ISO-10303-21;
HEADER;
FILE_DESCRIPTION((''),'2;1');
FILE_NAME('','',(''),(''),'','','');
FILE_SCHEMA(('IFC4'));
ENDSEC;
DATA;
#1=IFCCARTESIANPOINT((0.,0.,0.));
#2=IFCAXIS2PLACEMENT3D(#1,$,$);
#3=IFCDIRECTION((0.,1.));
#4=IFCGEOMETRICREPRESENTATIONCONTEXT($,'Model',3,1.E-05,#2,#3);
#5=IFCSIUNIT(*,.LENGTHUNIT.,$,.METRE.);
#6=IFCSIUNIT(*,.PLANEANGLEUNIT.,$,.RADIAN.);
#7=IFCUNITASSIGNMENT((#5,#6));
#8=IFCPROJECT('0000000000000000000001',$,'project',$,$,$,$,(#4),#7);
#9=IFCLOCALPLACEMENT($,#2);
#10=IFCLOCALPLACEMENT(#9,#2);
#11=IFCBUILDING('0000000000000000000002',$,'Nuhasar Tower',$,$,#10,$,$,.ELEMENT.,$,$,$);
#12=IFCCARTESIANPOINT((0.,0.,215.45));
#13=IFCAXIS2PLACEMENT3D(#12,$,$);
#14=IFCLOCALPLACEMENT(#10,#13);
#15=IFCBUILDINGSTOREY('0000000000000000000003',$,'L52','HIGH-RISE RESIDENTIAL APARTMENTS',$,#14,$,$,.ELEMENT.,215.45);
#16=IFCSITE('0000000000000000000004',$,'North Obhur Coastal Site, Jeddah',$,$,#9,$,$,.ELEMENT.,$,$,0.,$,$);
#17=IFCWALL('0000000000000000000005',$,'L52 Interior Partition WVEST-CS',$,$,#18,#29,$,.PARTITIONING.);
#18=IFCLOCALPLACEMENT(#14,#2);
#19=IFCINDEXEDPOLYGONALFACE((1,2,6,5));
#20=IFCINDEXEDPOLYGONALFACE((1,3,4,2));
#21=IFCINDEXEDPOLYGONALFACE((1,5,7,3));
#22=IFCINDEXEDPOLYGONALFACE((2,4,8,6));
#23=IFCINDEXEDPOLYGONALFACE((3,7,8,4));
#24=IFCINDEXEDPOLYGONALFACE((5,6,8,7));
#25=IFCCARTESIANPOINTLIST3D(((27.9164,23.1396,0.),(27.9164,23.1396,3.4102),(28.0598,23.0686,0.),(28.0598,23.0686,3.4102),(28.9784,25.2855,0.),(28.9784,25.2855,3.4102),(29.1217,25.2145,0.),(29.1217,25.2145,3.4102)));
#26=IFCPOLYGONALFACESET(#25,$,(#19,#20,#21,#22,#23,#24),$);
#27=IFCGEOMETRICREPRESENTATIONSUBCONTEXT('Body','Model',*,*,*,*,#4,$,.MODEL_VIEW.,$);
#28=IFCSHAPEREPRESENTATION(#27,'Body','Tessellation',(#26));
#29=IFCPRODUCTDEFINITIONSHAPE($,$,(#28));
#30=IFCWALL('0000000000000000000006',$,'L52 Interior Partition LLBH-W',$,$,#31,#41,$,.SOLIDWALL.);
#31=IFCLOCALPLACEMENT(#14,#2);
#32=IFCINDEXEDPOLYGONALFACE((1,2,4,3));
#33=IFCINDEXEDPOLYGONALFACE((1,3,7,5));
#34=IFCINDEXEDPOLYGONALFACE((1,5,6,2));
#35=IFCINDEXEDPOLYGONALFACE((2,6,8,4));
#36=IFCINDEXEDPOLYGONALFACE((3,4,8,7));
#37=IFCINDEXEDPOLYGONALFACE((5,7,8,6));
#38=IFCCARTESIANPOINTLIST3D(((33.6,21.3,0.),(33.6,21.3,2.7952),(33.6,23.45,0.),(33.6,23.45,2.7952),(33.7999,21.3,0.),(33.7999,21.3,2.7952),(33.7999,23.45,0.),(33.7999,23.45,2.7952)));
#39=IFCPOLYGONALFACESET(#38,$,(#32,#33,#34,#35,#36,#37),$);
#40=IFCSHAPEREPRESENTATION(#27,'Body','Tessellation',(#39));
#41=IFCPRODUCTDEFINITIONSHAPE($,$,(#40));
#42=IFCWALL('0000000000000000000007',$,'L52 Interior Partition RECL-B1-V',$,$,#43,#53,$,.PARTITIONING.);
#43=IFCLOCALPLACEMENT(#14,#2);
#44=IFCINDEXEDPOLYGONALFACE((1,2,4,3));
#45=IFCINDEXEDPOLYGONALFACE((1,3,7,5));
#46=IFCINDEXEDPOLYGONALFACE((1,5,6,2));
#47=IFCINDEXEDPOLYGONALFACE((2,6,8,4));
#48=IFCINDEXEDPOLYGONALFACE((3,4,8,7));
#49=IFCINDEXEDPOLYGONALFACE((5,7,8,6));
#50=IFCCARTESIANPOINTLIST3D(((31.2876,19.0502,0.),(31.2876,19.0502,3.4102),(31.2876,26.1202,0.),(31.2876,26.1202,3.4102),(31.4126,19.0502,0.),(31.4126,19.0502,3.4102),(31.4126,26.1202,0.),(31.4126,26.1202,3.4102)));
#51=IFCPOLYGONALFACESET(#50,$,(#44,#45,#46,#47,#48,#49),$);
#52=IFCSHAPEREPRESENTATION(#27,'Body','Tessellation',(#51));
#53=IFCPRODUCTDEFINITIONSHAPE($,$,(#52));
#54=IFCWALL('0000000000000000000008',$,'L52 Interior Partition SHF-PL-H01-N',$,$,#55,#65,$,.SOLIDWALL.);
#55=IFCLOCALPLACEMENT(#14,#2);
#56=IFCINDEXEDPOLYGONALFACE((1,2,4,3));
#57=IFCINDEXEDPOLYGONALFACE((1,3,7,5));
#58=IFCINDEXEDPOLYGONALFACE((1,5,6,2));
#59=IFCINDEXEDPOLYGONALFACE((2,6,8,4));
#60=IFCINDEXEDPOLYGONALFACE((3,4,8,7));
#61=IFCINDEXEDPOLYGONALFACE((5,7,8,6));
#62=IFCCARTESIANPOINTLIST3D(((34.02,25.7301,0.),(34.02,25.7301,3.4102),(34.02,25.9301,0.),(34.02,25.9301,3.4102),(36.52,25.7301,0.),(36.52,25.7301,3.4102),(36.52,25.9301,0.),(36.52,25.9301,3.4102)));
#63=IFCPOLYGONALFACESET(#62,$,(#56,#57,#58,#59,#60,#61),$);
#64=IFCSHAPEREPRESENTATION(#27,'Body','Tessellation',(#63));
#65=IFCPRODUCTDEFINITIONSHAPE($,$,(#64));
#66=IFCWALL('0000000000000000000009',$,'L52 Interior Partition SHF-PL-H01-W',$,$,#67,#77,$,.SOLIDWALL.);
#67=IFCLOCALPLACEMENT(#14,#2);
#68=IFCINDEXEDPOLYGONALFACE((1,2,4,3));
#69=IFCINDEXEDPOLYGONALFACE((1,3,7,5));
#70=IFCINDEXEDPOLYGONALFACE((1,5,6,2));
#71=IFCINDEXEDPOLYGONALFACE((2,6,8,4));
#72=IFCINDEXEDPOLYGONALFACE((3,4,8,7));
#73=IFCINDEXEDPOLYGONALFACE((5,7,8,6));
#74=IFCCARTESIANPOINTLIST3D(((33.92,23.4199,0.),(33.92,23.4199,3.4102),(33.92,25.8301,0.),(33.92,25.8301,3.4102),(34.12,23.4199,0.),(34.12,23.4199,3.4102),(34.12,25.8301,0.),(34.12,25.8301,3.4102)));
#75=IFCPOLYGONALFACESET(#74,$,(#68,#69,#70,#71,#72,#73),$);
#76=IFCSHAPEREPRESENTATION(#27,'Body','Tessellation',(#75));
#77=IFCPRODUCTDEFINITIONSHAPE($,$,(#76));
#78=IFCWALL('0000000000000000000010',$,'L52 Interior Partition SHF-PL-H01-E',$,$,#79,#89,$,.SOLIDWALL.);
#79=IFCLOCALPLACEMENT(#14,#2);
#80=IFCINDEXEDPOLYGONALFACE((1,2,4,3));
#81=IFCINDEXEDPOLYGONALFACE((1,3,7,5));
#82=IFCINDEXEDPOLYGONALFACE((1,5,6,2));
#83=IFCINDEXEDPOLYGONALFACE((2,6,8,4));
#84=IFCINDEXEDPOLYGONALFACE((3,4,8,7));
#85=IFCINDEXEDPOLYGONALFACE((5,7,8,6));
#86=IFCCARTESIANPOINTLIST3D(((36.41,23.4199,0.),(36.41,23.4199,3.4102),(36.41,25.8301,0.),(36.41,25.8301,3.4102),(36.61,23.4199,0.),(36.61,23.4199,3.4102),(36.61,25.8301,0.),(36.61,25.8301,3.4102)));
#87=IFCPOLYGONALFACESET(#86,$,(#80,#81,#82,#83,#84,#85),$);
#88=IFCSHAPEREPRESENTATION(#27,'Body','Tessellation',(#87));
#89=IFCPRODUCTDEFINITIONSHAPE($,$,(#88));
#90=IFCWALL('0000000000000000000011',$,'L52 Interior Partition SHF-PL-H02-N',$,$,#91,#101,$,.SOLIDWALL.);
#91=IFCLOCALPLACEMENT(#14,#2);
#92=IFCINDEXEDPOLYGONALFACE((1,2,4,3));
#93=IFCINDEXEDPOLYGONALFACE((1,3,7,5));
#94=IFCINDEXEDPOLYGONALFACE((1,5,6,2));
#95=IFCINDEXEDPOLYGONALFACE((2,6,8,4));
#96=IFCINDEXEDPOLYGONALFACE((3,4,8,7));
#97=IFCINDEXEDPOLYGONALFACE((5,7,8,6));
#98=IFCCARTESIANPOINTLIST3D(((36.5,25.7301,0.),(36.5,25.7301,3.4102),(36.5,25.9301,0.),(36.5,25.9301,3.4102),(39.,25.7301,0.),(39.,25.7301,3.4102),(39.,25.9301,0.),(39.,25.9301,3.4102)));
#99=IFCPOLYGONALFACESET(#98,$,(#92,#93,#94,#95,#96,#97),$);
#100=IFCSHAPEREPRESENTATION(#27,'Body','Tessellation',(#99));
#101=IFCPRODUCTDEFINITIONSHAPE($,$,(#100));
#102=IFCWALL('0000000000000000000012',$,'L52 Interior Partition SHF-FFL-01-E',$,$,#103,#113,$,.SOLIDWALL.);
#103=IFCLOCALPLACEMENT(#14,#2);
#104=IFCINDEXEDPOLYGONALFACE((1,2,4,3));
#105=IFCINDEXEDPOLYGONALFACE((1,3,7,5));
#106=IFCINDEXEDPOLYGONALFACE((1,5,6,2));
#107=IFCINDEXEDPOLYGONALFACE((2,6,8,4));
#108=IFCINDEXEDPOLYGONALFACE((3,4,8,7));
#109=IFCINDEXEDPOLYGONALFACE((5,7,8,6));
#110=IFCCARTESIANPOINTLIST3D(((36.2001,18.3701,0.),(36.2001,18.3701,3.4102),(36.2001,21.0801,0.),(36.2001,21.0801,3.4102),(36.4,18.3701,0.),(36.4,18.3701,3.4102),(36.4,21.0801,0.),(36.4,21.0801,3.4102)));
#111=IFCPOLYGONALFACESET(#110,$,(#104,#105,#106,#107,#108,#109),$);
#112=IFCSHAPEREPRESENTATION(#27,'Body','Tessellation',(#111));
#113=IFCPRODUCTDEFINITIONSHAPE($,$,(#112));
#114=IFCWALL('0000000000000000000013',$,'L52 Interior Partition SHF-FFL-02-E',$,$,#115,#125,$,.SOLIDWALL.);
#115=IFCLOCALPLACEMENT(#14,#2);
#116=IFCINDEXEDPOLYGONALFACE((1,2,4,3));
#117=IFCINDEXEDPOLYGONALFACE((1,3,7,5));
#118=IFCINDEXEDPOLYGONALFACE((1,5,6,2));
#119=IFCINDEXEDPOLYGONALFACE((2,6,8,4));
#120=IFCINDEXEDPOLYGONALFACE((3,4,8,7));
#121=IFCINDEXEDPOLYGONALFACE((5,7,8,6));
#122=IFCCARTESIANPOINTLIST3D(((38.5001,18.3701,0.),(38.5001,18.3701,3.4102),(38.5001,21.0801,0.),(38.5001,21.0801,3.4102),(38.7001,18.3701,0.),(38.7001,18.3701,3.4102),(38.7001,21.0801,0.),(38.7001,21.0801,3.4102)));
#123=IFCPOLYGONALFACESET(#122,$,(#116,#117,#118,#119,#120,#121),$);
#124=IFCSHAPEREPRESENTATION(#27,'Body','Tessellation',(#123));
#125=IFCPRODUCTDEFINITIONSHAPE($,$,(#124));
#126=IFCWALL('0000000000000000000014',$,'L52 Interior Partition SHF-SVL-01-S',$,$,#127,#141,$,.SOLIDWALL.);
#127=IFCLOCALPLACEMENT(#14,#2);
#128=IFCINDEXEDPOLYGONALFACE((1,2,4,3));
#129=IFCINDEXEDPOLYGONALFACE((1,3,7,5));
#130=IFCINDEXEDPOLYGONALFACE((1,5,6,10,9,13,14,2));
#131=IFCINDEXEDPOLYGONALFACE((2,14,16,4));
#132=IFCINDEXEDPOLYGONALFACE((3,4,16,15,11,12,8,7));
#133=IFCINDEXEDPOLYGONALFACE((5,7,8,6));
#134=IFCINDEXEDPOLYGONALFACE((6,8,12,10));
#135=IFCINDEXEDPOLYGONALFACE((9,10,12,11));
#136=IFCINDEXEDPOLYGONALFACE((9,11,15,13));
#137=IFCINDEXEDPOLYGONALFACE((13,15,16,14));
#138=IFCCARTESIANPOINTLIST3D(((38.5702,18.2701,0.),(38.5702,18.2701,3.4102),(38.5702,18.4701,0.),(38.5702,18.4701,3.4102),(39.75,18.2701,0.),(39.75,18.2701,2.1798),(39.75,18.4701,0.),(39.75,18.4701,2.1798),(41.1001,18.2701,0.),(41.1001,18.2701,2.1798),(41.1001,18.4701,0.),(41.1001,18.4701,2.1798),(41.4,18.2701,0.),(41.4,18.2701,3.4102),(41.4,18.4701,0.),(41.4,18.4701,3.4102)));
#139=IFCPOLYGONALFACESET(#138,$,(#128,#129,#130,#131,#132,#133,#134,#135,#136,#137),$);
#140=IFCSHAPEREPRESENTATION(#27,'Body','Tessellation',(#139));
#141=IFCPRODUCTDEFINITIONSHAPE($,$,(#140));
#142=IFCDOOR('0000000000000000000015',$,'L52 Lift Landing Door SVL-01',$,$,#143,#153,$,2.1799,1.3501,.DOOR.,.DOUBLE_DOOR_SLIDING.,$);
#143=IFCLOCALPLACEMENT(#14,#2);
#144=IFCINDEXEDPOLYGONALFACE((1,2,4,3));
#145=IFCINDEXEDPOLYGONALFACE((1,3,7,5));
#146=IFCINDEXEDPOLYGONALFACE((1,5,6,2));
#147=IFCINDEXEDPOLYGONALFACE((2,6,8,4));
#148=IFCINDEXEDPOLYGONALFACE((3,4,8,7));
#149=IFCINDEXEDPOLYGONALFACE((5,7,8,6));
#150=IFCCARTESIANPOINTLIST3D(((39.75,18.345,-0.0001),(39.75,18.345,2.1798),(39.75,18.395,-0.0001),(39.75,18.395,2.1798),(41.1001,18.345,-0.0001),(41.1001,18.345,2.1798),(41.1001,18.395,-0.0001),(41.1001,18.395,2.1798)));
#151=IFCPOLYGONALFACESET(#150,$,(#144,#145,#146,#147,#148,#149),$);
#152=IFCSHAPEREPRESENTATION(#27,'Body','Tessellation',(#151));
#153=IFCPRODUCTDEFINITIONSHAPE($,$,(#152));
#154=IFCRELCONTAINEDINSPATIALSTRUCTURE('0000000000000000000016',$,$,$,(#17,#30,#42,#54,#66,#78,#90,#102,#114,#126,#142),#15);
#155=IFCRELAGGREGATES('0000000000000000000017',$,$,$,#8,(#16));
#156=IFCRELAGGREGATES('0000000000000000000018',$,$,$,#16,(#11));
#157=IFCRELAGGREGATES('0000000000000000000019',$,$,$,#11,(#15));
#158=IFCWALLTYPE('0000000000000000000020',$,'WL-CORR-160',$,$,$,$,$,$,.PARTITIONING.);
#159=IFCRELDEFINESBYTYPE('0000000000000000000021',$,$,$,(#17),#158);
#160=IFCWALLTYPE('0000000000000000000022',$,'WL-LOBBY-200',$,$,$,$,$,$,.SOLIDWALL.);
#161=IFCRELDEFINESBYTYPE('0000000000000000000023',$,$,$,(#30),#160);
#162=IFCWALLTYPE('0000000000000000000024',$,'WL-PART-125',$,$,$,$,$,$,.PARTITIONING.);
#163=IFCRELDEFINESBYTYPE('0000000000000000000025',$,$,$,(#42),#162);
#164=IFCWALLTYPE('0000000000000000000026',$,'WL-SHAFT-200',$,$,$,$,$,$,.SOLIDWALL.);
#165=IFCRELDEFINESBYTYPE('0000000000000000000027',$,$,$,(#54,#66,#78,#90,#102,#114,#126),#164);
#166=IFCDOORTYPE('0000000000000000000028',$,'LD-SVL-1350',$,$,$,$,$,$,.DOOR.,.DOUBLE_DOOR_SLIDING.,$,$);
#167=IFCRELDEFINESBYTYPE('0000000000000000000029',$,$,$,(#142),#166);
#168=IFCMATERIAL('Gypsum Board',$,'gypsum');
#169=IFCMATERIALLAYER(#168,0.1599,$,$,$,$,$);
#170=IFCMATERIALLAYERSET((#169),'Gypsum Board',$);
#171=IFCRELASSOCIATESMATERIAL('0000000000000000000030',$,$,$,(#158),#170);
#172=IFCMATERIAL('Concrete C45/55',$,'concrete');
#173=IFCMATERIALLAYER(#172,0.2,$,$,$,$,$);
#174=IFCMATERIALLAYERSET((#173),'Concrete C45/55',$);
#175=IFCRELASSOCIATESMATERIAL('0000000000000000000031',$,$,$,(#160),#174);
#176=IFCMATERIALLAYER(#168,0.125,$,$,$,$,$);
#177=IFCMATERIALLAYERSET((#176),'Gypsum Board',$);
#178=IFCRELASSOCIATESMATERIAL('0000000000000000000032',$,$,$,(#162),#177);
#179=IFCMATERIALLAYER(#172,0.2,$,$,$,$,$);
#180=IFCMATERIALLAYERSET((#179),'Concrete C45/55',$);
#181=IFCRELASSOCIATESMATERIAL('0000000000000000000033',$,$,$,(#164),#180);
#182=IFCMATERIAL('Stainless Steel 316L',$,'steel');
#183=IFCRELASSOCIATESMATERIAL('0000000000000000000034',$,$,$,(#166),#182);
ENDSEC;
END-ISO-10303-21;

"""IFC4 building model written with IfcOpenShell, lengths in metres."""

from ifc_helpers import new_model, si_unit, direction, frame, frame_2d, origin, place, context, subcontext, project, spatial, rectangle, extrude, material, layer, layer_set, type_object, element, fill, save


model = new_model("IFC4")

# Units and contexts
model_context = context("Model", 3, precision=1e-05, world=origin(), true_north=direction((0.0, 1.0)))
body_context = subcontext(model_context, "Body", "Model", "MODEL_VIEW")
ifc_project = project(units=[si_unit("LENGTHUNIT", "METRE"), si_unit("PLANEANGLEUNIT", "RADIAN")], contexts=[model_context])

# Site, building, storey
site_placement = place(None, origin())
site = spatial("IfcSite", under=ifc_project, at=site_placement, Name="North Obhur Coastal Site, Jeddah", CompositionType="ELEMENT", RefElevation=0.0)
building_placement = place(site_placement, origin())
building = spatial("IfcBuilding", under=site, at=building_placement, Name="Nuhasar Tower", CompositionType="ELEMENT")
storey_placement = place(building_placement, frame((0.0, 0.0, 215.45)))
storey = spatial("IfcBuildingStorey", under=building, at=storey_placement, Name="L52", Description="HIGH-RISE RESIDENTIAL APARTMENTS", CompositionType="ELEMENT", Elevation=215.45)

# Shared definitions
ifc_material_1 = material(Name="Gypsum Board", Category="gypsum")
ifc_layer_1 = layer(ifc_material_1, 0.1599)
ifc_layer_set_1 = layer_set([ifc_layer_1], Name="Gypsum Board")
wall_type_1 = type_object("IfcWallType", Name="WL-CORR-160", PredefinedType="PARTITIONING", material=ifc_layer_set_1)

# Walls
wall_1_placement = place(storey_placement, frame((27.988, 23.104, 0.0), z_axis=(0.0, 0.0, 1.0), x_axis=(0.443539, 0.896255, 0.0)))
element("IfcWall", 1, at=wall_1_placement, inside=storey, type_object=wall_type_1, Name="L52 Interior Partition WVEST-CS", PredefinedType="PARTITIONING", context=body_context, shape_type="SweptSolid", body=[
    extrude(rectangle(XDim=2.3943, YDim=0.1599, at=frame_2d((1.1973, 0.0))), origin(), (0.0, 0.0, 1.0), 3.4102),
])
ifc_material_2 = material(Name="Concrete C45/55", Category="concrete")
ifc_layer_2 = layer(ifc_material_2, 0.2)
ifc_layer_set_2 = layer_set([ifc_layer_2], Name="Concrete C45/55")
wall_type_2 = type_object("IfcWallType", Name="WL-LOBBY-200", PredefinedType="SOLIDWALL", material=ifc_layer_set_2)
wall_2_placement = place(storey_placement, frame((33.7, 21.3, 0.0), z_axis=(0.0, 0.0, 1.0), x_axis=(0.0, 1.0, 0.0)))
element("IfcWall", 2, at=wall_2_placement, inside=storey, type_object=wall_type_2, Name="L52 Interior Partition LLBH-W", PredefinedType="SOLIDWALL", context=body_context, shape_type="SweptSolid", body=[
    extrude(rectangle(XDim=2.1499, YDim=0.2, at=frame_2d((1.075, 0.0))), origin(), (0.0, 0.0, 1.0), 2.7952),
])
ifc_layer_3 = layer(ifc_material_1, 0.125)
ifc_layer_set_3 = layer_set([ifc_layer_3], Name="Gypsum Board")
wall_type_3 = type_object("IfcWallType", Name="WL-PART-125", PredefinedType="PARTITIONING", material=ifc_layer_set_3)
wall_3_placement = place(storey_placement, frame((31.3501, 19.05, 0.0), z_axis=(0.0, 0.0, 1.0), x_axis=(0.0, 1.0, 0.0)))
element("IfcWall", 3, at=wall_3_placement, inside=storey, type_object=wall_type_3, Name="L52 Interior Partition RECL-B1-V", PredefinedType="PARTITIONING", context=body_context, shape_type="SweptSolid", body=[
    extrude(rectangle(XDim=7.0701, YDim=0.125, at=frame_2d((3.5352, 0.0))), origin(), (0.0, 0.0, 1.0), 3.4102),
])

# Shared definitions
ifc_layer_4 = layer(ifc_material_2, 0.2)
ifc_layer_set_4 = layer_set([ifc_layer_4], Name="Concrete C45/55")
wall_type_4 = type_object("IfcWallType", Name="WL-SHAFT-200", PredefinedType="SOLIDWALL", material=ifc_layer_set_4)
ifc_material_3 = material(Name="Stainless Steel 316L", Category="steel")

# Walls
wall_4_placement = place(storey_placement, frame((34.02, 25.8301, 0.0), z_axis=(0.0, 0.0, 1.0), x_axis=(1.0, 0.0, 0.0)))
element("IfcWall", 4, at=wall_4_placement, inside=storey, type_object=wall_type_4, Name="L52 Interior Partition SHF-PL-H01-N", PredefinedType="SOLIDWALL", context=body_context, shape_type="SweptSolid", body=[
    extrude(rectangle(XDim=2.5, YDim=0.2, at=frame_2d((1.25, 0.0))), origin(), (0.0, 0.0, 1.0), 3.4102),
])
for number, where, z_axis, x_axis, name in (
    (5, (34.02, 23.4199, 0.0), (0.0, 0.0, 1.0), (0.0, 1.0, 0.0), "L52 Interior Partition SHF-PL-H01-W"),
    (6, (36.51, 23.4199, 0.0), (0.0, 0.0, 1.0), (0.0, 1.0, 0.0), "L52 Interior Partition SHF-PL-H01-E"),
):
    element("IfcWall", number, at=place(storey_placement, frame(where, z_axis=z_axis, x_axis=x_axis)), inside=storey, type_object=wall_type_4, Name=name, PredefinedType="SOLIDWALL", context=body_context, shape_type="SweptSolid", body=[
        extrude(rectangle(XDim=2.4102, YDim=0.2, at=frame_2d((1.2051, 0.0))), origin(), (0.0, 0.0, 1.0), 3.4102),
    ])

# Walls
wall_5_placement = place(storey_placement, frame((36.5, 25.8301, 0.0), z_axis=(0.0, 0.0, 1.0), x_axis=(1.0, 0.0, 0.0)))
element("IfcWall", 7, at=wall_5_placement, inside=storey, type_object=wall_type_4, Name="L52 Interior Partition SHF-PL-H02-N", PredefinedType="SOLIDWALL", context=body_context, shape_type="SweptSolid", body=[
    extrude(rectangle(XDim=2.5, YDim=0.2, at=frame_2d((1.25, 0.0))), origin(), (0.0, 0.0, 1.0), 3.4102),
])
for number, where, z_axis, x_axis, name in (
    (8, (36.3, 18.3701, 0.0), (0.0, 0.0, 1.0), (0.0, 1.0, 0.0), "L52 Interior Partition SHF-FFL-01-E"),
    (9, (38.6001, 18.3701, 0.0), (0.0, 0.0, 1.0), (0.0, 1.0, 0.0), "L52 Interior Partition SHF-FFL-02-E"),
):
    element("IfcWall", number, at=place(storey_placement, frame(where, z_axis=z_axis, x_axis=x_axis)), inside=storey, type_object=wall_type_4, Name=name, PredefinedType="SOLIDWALL", context=body_context, shape_type="SweptSolid", body=[
        extrude(rectangle(XDim=2.71, YDim=0.2, at=frame_2d((1.355, 0.0))), origin(), (0.0, 0.0, 1.0), 3.4102),
    ])

# Wall, opening, door
wall_6_placement = place(storey_placement, frame((38.5701, 18.3701, 0.0), z_axis=(0.0, 0.0, 1.0), x_axis=(1.0, 0.0, 0.0)))
wall_6 = element("IfcWall", 10, at=wall_6_placement, inside=storey, type_object=wall_type_4, Name="L52 Interior Partition SHF-SVL-01-S", PredefinedType="SOLIDWALL", context=body_context, shape_type="SweptSolid", body=[
    extrude(rectangle(XDim=2.8298, YDim=0.2, at=frame_2d((1.415, 0.0))), origin(), (0.0, 0.0, 1.0), 3.4102),
])
opening_1_placement = place(wall_6_placement, frame((1.1799, 0.0, 0.0)))
opening_1 = element("IfcOpeningElement", 11, at=opening_1_placement, cuts=wall_6, PredefinedType="OPENING", context=body_context, shape_type="SweptSolid", body=[
    extrude(rectangle(XDim=1.3501, YDim=2.1799, at=frame_2d((0.675, 1.0898))), frame((0.0, 0.1099, 0.0), z_axis=(0.0, -1.0, 0.0), x_axis=(1.0, 0.0, 0.0)), (0.0, 0.0, 1.0), 0.22),
])
door_type_1 = type_object("IfcDoorType", Name="LD-SVL-1350", OperationType="DOUBLE_DOOR_SLIDING", PredefinedType="DOOR", material=ifc_material_3)
door_1_placement = place(opening_1_placement, origin())
door_1 = element("IfcDoor", 12, at=door_1_placement, inside=storey, type_object=door_type_1, Name="L52 Lift Landing Door SVL-01", OperationType="DOUBLE_DOOR_SLIDING", OverallHeight=2.1799, OverallWidth=1.3501, PredefinedType="DOOR", context=body_context, shape_type="SweptSolid", body=[
    extrude(rectangle(XDim=1.3501, YDim=2.1799, at=frame_2d((0.675, 1.0898))), frame((0.0, 0.0249, 0.0), z_axis=(0.0, -1.0, 0.0), x_axis=(1.0, 0.0, 0.0)), (0.0, 0.0, 1.0), 0.05),
])
fill(opening_1, door_1)

save(model, "model.ifc")
